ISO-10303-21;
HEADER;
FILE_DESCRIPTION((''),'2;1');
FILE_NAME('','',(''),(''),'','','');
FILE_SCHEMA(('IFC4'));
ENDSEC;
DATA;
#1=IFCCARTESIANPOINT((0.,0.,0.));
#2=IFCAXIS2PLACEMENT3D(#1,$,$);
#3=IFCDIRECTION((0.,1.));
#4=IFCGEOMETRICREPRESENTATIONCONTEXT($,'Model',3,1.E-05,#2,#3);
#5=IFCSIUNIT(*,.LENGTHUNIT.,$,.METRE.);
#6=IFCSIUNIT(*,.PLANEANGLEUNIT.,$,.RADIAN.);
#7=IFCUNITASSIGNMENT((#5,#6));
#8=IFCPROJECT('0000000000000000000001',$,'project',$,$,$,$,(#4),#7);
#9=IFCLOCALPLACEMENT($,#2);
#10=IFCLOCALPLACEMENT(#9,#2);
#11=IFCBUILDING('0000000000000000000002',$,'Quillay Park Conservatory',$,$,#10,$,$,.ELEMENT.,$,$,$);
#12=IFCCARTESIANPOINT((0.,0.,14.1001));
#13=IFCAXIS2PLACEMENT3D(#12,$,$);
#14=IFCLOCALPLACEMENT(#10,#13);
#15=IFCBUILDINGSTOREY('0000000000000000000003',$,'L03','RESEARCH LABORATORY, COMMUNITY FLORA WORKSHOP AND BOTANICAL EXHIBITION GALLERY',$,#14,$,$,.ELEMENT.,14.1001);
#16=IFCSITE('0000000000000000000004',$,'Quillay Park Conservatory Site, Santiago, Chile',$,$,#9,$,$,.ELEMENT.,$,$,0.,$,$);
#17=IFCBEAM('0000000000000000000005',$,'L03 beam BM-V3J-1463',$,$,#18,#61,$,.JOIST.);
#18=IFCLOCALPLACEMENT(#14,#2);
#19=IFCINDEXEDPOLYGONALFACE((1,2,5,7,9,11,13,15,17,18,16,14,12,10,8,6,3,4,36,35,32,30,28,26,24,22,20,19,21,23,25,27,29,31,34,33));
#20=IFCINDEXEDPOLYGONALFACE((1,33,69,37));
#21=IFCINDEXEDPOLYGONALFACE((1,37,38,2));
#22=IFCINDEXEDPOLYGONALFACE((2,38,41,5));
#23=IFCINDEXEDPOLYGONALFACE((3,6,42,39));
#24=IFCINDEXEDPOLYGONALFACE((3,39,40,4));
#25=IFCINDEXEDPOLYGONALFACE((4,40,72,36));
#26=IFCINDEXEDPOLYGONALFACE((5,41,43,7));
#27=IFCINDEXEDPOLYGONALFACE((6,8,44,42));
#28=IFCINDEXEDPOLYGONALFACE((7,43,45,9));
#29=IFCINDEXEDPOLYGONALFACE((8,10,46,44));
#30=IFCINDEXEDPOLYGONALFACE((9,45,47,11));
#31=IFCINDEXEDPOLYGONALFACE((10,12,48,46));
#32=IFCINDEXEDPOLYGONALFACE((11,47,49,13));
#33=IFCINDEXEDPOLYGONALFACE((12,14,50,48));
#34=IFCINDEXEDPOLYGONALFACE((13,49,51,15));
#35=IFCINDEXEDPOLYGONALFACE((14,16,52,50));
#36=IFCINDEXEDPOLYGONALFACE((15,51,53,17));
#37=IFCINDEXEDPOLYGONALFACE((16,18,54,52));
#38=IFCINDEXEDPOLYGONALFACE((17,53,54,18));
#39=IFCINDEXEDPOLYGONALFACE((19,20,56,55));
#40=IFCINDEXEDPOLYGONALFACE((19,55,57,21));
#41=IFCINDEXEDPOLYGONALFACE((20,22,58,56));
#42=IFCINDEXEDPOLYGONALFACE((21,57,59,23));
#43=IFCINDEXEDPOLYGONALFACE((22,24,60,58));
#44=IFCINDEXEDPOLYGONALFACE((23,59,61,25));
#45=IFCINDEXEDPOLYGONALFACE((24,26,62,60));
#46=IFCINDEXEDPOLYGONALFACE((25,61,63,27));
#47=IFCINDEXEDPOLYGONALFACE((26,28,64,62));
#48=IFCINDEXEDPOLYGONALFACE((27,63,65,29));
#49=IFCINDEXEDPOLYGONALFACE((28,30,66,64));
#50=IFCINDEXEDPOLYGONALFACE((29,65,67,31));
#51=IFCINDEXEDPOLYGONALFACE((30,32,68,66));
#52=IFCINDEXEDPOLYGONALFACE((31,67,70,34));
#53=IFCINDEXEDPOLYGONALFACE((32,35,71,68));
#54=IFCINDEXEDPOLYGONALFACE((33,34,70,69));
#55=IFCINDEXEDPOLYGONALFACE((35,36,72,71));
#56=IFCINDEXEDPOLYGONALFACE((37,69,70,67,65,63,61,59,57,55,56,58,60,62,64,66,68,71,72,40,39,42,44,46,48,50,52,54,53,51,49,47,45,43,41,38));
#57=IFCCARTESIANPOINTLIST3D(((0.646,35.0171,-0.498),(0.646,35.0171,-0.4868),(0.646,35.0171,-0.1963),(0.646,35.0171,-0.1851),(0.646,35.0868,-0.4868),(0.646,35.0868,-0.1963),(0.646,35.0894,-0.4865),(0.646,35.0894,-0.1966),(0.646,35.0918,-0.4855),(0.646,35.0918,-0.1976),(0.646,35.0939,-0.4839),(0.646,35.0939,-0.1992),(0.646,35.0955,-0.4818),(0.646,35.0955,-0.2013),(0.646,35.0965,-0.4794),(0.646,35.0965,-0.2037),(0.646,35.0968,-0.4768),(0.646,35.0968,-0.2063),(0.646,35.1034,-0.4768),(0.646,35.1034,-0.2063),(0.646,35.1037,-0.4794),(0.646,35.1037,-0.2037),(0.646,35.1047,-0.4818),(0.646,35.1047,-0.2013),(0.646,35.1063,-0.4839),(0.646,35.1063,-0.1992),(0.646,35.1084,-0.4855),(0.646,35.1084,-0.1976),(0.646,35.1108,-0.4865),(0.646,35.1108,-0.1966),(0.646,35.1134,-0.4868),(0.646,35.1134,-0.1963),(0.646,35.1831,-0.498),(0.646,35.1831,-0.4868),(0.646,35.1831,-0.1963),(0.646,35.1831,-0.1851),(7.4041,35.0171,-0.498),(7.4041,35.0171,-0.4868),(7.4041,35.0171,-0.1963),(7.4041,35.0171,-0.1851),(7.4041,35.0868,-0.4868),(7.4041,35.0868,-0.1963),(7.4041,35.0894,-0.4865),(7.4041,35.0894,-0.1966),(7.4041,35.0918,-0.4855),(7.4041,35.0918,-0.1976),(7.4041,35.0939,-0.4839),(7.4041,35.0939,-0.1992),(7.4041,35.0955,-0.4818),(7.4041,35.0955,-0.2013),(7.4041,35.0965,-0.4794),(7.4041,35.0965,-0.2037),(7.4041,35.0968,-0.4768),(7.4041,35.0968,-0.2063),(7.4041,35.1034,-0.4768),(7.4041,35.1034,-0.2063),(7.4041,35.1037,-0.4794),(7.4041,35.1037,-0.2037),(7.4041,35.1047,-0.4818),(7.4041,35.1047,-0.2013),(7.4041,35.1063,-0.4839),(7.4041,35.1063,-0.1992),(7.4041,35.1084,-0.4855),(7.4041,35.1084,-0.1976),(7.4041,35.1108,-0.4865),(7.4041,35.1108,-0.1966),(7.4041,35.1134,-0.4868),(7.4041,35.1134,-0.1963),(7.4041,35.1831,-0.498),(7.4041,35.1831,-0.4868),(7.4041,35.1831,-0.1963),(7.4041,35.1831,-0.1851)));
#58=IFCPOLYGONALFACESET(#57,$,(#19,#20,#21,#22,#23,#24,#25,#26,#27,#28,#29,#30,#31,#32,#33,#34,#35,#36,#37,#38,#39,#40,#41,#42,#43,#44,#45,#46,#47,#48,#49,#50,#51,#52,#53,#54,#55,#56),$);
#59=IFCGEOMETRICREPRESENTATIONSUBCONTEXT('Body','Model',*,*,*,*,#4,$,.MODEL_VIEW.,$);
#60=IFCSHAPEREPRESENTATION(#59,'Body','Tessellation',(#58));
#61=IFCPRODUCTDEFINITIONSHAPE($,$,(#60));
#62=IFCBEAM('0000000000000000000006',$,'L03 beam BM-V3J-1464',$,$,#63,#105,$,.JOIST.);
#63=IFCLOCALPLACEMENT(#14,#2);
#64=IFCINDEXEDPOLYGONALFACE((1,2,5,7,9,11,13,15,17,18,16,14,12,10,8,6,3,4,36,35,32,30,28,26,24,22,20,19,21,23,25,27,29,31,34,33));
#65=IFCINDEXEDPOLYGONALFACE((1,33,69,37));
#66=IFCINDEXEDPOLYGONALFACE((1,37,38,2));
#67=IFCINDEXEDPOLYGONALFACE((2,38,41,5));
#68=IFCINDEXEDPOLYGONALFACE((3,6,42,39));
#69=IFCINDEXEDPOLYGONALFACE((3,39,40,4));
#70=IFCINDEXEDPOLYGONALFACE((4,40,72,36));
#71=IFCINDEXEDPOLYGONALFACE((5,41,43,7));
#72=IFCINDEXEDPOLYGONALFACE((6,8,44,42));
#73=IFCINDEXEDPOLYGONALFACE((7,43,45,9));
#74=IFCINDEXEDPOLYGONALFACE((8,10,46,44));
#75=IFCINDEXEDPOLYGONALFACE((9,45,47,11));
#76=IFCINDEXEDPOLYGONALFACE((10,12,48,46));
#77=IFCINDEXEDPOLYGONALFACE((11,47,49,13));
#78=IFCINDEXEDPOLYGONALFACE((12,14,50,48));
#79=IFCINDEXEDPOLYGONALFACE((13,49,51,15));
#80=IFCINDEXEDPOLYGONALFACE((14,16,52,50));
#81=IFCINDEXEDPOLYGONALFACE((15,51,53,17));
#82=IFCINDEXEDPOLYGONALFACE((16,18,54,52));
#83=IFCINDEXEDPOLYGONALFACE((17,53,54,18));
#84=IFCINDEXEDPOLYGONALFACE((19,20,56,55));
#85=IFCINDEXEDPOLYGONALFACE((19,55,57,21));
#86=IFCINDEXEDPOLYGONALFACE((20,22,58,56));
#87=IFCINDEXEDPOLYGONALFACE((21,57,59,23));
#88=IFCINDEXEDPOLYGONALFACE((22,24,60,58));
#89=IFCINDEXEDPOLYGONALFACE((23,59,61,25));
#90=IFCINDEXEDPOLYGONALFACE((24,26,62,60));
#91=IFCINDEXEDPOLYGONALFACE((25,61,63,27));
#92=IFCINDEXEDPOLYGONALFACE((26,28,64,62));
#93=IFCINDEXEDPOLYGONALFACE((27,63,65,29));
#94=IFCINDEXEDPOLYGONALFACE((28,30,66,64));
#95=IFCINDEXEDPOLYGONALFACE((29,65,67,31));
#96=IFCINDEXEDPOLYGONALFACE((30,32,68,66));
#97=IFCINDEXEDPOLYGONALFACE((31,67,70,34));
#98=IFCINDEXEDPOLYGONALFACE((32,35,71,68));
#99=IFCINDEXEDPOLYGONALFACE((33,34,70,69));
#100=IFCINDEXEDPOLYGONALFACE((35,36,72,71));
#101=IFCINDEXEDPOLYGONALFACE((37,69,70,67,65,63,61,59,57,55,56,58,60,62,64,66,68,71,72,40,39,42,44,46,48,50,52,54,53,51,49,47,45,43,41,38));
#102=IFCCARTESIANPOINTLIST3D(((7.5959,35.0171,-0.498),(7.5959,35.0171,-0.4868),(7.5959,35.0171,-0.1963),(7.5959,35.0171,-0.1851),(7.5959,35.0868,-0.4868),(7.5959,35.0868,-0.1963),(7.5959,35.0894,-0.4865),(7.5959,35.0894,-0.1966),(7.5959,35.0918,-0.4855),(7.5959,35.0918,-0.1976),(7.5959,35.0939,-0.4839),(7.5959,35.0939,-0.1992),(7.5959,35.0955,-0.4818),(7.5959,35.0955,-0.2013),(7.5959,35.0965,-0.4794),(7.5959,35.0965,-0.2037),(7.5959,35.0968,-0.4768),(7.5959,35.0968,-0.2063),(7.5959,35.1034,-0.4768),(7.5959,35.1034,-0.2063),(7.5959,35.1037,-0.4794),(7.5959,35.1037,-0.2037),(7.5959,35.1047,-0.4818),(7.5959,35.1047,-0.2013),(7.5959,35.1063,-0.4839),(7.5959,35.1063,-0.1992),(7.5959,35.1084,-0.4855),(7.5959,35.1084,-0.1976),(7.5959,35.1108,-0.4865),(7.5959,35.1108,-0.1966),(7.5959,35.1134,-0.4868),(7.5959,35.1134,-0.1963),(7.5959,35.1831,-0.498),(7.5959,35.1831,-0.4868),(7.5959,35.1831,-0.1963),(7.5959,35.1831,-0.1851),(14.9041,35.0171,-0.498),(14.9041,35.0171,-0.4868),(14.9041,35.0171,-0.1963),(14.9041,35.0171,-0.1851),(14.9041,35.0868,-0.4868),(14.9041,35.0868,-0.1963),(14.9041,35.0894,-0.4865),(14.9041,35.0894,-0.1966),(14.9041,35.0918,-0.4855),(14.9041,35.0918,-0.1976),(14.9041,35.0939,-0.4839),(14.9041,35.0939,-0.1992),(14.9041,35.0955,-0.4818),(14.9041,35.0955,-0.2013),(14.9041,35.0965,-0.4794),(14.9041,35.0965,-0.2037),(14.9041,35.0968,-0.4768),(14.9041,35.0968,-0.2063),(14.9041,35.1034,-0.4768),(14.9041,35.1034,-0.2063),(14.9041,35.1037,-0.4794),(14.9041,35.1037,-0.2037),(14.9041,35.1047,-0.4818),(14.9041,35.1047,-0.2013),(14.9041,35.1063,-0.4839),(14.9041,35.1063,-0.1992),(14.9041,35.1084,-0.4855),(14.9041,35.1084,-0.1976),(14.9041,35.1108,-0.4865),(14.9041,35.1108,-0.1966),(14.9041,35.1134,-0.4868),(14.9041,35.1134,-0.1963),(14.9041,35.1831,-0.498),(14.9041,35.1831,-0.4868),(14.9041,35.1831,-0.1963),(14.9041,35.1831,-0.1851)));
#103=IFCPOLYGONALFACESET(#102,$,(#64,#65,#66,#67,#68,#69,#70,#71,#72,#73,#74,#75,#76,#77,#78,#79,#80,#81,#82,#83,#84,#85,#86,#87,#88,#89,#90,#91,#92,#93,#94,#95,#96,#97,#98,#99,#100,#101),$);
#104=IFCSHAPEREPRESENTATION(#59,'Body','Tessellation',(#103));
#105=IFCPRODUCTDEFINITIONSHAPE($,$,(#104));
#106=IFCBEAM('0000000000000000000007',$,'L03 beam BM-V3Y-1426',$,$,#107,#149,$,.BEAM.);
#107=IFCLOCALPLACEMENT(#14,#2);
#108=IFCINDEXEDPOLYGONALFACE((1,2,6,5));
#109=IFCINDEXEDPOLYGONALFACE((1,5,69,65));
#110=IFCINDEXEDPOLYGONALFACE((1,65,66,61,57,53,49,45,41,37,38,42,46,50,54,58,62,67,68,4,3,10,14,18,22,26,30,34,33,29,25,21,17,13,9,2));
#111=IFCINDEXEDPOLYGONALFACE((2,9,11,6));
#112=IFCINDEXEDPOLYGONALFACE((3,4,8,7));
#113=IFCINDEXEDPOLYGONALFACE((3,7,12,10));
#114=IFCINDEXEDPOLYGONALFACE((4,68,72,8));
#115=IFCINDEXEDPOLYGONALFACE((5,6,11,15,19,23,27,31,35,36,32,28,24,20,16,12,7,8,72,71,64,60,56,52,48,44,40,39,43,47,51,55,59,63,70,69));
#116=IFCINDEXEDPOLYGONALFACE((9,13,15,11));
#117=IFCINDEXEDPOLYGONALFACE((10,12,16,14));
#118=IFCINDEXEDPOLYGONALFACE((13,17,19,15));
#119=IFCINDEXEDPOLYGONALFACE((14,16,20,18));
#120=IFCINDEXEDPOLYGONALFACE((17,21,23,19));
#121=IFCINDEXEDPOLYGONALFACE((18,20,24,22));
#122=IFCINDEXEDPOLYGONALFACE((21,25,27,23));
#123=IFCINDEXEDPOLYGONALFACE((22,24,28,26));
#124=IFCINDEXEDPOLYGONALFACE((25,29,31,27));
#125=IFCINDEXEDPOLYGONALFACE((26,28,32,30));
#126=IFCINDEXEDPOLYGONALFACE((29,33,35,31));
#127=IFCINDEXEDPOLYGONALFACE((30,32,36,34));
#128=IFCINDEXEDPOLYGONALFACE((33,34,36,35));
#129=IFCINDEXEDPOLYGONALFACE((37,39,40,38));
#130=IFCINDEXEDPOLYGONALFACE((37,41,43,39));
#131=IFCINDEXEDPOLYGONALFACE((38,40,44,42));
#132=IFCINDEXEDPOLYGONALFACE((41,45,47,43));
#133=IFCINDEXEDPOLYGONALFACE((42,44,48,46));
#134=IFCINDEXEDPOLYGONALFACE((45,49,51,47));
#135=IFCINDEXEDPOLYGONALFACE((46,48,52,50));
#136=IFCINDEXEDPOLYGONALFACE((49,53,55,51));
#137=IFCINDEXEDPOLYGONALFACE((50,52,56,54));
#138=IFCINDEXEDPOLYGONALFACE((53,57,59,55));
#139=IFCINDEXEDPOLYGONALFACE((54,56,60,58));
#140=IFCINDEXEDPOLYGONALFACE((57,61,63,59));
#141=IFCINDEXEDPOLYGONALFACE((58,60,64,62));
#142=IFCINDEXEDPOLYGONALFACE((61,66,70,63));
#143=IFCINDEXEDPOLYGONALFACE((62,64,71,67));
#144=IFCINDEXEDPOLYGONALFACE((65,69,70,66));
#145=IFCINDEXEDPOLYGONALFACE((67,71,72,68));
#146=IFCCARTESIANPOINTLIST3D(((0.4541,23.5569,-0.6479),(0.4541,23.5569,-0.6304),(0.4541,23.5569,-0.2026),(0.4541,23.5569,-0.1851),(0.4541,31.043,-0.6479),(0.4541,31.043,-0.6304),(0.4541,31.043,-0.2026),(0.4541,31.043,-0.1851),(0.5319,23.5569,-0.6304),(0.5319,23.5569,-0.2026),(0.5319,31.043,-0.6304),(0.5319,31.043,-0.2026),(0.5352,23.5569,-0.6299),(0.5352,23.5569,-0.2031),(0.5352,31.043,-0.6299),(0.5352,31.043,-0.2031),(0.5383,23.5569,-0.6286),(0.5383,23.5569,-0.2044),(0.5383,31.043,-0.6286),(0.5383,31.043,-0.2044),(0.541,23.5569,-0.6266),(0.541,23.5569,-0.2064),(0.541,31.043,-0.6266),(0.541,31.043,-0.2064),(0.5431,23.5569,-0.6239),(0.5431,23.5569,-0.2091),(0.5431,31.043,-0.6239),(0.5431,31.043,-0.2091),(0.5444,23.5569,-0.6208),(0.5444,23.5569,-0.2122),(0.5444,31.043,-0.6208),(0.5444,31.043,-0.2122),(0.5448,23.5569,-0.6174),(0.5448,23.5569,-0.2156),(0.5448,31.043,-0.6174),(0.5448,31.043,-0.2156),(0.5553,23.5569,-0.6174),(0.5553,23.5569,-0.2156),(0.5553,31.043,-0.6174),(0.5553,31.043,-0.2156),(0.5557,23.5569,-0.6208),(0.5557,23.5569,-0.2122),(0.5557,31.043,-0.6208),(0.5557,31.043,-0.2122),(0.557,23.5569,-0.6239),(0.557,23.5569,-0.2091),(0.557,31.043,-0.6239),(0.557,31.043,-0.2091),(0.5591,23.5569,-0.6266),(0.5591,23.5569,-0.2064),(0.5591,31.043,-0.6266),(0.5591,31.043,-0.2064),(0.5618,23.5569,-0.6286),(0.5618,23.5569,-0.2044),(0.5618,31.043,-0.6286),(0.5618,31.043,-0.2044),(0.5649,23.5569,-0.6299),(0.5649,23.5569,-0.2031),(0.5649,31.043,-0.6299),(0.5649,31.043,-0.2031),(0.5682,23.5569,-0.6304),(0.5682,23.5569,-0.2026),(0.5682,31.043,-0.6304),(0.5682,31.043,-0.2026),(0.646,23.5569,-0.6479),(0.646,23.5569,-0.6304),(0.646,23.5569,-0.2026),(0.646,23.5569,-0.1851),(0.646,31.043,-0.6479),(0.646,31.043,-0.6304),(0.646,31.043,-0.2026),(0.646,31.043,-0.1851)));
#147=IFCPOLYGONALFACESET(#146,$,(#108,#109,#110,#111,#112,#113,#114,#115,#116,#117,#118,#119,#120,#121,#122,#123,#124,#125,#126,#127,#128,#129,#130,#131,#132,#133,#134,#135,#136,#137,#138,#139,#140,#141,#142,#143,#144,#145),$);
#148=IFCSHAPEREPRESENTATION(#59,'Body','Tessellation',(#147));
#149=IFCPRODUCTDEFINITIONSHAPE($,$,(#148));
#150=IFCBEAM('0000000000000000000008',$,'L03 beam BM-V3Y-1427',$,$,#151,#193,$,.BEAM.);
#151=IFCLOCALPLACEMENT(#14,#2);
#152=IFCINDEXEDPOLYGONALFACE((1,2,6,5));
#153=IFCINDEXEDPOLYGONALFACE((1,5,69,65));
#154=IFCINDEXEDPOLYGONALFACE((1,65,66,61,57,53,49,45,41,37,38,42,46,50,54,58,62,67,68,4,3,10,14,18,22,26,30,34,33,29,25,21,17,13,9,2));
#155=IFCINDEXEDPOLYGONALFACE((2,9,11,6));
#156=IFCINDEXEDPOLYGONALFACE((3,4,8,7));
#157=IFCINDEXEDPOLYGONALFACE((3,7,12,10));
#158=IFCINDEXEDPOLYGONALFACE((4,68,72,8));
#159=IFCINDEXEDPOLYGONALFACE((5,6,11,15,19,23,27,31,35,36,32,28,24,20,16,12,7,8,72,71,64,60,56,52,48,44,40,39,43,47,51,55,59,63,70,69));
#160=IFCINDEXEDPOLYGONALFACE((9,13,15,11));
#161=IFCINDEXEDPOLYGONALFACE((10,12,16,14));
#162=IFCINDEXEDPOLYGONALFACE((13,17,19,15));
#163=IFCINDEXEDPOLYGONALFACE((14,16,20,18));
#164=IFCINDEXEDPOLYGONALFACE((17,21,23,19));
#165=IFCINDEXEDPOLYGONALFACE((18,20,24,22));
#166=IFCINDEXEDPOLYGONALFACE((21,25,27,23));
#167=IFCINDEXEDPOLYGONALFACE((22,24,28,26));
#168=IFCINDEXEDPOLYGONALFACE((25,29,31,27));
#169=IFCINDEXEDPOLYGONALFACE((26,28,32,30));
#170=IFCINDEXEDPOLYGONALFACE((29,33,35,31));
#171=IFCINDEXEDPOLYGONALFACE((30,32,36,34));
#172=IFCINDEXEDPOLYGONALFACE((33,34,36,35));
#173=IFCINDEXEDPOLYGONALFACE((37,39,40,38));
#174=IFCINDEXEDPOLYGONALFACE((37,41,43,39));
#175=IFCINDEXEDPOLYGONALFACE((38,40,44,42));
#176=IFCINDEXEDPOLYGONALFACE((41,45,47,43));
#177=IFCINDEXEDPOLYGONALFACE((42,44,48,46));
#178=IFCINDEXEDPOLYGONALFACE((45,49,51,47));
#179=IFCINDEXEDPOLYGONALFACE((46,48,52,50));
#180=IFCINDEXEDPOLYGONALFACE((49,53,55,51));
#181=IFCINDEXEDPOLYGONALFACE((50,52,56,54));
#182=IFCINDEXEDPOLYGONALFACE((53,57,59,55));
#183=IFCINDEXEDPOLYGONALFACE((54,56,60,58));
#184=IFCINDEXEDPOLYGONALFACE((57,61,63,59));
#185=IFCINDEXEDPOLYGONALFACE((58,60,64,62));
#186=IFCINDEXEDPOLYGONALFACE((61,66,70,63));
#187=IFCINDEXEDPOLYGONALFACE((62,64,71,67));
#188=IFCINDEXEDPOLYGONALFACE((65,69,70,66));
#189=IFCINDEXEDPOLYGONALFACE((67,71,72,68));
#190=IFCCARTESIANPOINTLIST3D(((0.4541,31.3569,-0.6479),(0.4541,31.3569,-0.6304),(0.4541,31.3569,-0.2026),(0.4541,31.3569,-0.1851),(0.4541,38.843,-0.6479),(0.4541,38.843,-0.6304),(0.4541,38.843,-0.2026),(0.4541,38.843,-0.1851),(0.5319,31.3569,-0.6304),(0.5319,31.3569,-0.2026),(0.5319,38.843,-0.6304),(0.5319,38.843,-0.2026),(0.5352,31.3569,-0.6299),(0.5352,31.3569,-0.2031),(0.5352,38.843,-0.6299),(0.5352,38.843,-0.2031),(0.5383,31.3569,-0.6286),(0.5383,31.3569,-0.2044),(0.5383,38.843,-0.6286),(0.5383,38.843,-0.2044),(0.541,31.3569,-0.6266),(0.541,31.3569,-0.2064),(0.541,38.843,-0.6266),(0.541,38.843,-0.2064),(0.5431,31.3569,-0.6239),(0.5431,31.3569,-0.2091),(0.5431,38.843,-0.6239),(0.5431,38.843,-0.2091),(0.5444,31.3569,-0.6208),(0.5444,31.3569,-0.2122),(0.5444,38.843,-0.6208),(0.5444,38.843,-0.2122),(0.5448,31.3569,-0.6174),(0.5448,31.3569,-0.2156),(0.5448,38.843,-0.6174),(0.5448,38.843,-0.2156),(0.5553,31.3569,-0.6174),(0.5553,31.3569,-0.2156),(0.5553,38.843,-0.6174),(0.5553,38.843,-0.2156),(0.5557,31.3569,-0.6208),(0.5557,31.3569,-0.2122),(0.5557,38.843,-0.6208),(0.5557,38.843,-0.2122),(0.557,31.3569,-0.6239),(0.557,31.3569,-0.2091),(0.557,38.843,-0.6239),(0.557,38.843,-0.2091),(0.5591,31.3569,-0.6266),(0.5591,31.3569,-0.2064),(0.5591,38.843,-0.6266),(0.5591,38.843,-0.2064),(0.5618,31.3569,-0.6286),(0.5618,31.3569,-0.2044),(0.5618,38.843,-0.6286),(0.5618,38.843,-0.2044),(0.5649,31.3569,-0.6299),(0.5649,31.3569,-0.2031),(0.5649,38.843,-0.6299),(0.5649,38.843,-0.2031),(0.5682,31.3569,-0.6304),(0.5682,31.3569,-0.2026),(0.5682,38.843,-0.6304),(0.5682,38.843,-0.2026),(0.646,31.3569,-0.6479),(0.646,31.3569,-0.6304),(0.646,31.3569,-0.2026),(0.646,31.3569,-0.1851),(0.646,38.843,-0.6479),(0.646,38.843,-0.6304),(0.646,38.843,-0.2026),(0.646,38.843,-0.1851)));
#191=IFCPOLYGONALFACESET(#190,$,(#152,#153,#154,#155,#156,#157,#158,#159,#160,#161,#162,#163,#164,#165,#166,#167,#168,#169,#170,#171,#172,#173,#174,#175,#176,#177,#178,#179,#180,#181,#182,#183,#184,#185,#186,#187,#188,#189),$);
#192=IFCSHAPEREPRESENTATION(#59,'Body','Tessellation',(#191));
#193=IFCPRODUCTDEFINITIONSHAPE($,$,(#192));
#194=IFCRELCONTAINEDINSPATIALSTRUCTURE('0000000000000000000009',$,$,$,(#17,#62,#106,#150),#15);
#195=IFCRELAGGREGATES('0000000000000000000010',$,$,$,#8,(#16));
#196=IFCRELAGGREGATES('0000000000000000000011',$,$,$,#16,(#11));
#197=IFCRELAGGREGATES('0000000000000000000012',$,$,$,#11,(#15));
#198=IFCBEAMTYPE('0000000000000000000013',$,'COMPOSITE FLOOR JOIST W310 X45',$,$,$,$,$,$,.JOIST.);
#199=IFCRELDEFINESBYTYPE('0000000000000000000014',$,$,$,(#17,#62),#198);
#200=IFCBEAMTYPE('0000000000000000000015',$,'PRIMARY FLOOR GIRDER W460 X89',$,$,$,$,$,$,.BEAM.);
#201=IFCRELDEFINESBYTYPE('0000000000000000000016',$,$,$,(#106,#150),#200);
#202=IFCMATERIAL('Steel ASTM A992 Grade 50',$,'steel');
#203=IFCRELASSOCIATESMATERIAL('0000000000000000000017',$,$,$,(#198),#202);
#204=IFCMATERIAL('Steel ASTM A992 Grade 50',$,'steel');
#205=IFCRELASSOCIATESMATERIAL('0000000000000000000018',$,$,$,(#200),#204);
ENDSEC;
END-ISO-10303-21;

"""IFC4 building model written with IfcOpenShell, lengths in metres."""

from ifc_helpers import new_model, si_unit, direction, frame, origin, origin_2d, place, context, subcontext, project, spatial, i_section, extrude, material, material_profile, profile_set, type_object, element, save


model = new_model("IFC4")

# Units and contexts
model_context = context("Model", 3, precision=1e-05, world=origin(), true_north=direction((0.0, 1.0)))
body_context = subcontext(model_context, "Body", "Model", "MODEL_VIEW")
ifc_project = project(units=[si_unit("LENGTHUNIT", "METRE"), si_unit("PLANEANGLEUNIT", "RADIAN")], contexts=[model_context])

# Site, building, storey
site_placement = place(None, origin())
site = spatial("IfcSite", under=ifc_project, at=site_placement, Name="Quillay Park Conservatory Site, Santiago, Chile", CompositionType="ELEMENT", RefElevation=0.0)
building_placement = place(site_placement, origin())
building = spatial("IfcBuilding", under=site, at=building_placement, Name="Quillay Park Conservatory", CompositionType="ELEMENT")
storey_placement = place(building_placement, frame((0.0, 0.0, 14.1001)))
storey = spatial("IfcBuildingStorey", under=building, at=storey_placement, Name="L03", Description="RESEARCH LABORATORY, COMMUNITY FLORA WORKSHOP AND BOTANICAL EXHIBITION GALLERY", CompositionType="ELEMENT", Elevation=14.1001)

# Beams
ifc_material_1 = material(Name="Steel ASTM A992 Grade 50", Category="steel")
ifc_material_profile_1 = material_profile(ifc_material_1, i_section(OverallWidth=0.166, OverallDepth=0.313, WebThickness=0.0066, FlangeThickness=0.0112, FilletRadius=0.01, at=origin_2d()), Name="W310x45")
ifc_profile_set_1 = profile_set([ifc_material_profile_1], Name="Steel ASTM A992 Grade 50")
beam_type_1 = type_object("IfcBeamType", Name="COMPOSITE FLOOR JOIST W310 X45", PredefinedType="JOIST", material=ifc_profile_set_1)
beam_1_placement = place(storey_placement, frame((0.646, 35.1001, -0.3416), z_axis=(1.0, 0.0, 0.0), x_axis=(0.0, 1.0, 0.0)))
element("IfcBeam", 1, at=beam_1_placement, inside=storey, type_object=beam_type_1, Name="L03 beam BM-V3J-1463", PredefinedType="JOIST", context=body_context, shape_type="SweptSolid", body=[
    extrude(i_section(OverallWidth=0.166, OverallDepth=0.313, WebThickness=0.0066, FlangeThickness=0.0112, FilletRadius=0.01, at=origin_2d()), origin(), (0.0, 0.0, 1.0), 6.7581),
])
beam_2_placement = place(storey_placement, frame((7.5959, 35.1001, -0.3416), z_axis=(1.0, 0.0, 0.0), x_axis=(0.0, 1.0, 0.0)))
element("IfcBeam", 2, at=beam_2_placement, inside=storey, type_object=beam_type_1, Name="L03 beam BM-V3J-1464", PredefinedType="JOIST", context=body_context, shape_type="SweptSolid", body=[
    extrude(i_section(OverallWidth=0.166, OverallDepth=0.313, WebThickness=0.0066, FlangeThickness=0.0112, FilletRadius=0.01, at=origin_2d()), origin(), (0.0, 0.0, 1.0), 7.3081),
])
ifc_material_2 = material(Name="Steel ASTM A992 Grade 50", Category="steel")
ifc_material_profile_2 = material_profile(ifc_material_2, i_section(OverallWidth=0.1919, OverallDepth=0.4629, WebThickness=0.0105, FlangeThickness=0.0176, FilletRadius=0.0129, at=origin_2d()), Name="W460x89")
ifc_profile_set_2 = profile_set([ifc_material_profile_2], Name="Steel ASTM A992 Grade 50")
beam_type_2 = type_object("IfcBeamType", Name="PRIMARY FLOOR GIRDER W460 X89", PredefinedType="BEAM", material=ifc_profile_set_2)
for number, where, z_axis, x_axis, name in (
    (3, (0.55, 23.5569, -0.4165), (0.0, 1.0, 0.0), (-1.0, 0.0, 0.0), "L03 beam BM-V3Y-1426"),
    (4, (0.55, 31.3569, -0.4165), (0.0, 1.0, 0.0), (-1.0, 0.0, 0.0), "L03 beam BM-V3Y-1427"),
):
    element("IfcBeam", number, at=place(storey_placement, frame(where, z_axis=z_axis, x_axis=x_axis)), inside=storey, type_object=beam_type_2, Name=name, PredefinedType="BEAM", context=body_context, shape_type="SweptSolid", body=[
        extrude(i_section(OverallWidth=0.1919, OverallDepth=0.4629, WebThickness=0.0105, FlangeThickness=0.0176, FilletRadius=0.0129, at=origin_2d()), origin(), (0.0, 0.0, 1.0), 7.4861),
    ])

save(model, "model.ifc")
